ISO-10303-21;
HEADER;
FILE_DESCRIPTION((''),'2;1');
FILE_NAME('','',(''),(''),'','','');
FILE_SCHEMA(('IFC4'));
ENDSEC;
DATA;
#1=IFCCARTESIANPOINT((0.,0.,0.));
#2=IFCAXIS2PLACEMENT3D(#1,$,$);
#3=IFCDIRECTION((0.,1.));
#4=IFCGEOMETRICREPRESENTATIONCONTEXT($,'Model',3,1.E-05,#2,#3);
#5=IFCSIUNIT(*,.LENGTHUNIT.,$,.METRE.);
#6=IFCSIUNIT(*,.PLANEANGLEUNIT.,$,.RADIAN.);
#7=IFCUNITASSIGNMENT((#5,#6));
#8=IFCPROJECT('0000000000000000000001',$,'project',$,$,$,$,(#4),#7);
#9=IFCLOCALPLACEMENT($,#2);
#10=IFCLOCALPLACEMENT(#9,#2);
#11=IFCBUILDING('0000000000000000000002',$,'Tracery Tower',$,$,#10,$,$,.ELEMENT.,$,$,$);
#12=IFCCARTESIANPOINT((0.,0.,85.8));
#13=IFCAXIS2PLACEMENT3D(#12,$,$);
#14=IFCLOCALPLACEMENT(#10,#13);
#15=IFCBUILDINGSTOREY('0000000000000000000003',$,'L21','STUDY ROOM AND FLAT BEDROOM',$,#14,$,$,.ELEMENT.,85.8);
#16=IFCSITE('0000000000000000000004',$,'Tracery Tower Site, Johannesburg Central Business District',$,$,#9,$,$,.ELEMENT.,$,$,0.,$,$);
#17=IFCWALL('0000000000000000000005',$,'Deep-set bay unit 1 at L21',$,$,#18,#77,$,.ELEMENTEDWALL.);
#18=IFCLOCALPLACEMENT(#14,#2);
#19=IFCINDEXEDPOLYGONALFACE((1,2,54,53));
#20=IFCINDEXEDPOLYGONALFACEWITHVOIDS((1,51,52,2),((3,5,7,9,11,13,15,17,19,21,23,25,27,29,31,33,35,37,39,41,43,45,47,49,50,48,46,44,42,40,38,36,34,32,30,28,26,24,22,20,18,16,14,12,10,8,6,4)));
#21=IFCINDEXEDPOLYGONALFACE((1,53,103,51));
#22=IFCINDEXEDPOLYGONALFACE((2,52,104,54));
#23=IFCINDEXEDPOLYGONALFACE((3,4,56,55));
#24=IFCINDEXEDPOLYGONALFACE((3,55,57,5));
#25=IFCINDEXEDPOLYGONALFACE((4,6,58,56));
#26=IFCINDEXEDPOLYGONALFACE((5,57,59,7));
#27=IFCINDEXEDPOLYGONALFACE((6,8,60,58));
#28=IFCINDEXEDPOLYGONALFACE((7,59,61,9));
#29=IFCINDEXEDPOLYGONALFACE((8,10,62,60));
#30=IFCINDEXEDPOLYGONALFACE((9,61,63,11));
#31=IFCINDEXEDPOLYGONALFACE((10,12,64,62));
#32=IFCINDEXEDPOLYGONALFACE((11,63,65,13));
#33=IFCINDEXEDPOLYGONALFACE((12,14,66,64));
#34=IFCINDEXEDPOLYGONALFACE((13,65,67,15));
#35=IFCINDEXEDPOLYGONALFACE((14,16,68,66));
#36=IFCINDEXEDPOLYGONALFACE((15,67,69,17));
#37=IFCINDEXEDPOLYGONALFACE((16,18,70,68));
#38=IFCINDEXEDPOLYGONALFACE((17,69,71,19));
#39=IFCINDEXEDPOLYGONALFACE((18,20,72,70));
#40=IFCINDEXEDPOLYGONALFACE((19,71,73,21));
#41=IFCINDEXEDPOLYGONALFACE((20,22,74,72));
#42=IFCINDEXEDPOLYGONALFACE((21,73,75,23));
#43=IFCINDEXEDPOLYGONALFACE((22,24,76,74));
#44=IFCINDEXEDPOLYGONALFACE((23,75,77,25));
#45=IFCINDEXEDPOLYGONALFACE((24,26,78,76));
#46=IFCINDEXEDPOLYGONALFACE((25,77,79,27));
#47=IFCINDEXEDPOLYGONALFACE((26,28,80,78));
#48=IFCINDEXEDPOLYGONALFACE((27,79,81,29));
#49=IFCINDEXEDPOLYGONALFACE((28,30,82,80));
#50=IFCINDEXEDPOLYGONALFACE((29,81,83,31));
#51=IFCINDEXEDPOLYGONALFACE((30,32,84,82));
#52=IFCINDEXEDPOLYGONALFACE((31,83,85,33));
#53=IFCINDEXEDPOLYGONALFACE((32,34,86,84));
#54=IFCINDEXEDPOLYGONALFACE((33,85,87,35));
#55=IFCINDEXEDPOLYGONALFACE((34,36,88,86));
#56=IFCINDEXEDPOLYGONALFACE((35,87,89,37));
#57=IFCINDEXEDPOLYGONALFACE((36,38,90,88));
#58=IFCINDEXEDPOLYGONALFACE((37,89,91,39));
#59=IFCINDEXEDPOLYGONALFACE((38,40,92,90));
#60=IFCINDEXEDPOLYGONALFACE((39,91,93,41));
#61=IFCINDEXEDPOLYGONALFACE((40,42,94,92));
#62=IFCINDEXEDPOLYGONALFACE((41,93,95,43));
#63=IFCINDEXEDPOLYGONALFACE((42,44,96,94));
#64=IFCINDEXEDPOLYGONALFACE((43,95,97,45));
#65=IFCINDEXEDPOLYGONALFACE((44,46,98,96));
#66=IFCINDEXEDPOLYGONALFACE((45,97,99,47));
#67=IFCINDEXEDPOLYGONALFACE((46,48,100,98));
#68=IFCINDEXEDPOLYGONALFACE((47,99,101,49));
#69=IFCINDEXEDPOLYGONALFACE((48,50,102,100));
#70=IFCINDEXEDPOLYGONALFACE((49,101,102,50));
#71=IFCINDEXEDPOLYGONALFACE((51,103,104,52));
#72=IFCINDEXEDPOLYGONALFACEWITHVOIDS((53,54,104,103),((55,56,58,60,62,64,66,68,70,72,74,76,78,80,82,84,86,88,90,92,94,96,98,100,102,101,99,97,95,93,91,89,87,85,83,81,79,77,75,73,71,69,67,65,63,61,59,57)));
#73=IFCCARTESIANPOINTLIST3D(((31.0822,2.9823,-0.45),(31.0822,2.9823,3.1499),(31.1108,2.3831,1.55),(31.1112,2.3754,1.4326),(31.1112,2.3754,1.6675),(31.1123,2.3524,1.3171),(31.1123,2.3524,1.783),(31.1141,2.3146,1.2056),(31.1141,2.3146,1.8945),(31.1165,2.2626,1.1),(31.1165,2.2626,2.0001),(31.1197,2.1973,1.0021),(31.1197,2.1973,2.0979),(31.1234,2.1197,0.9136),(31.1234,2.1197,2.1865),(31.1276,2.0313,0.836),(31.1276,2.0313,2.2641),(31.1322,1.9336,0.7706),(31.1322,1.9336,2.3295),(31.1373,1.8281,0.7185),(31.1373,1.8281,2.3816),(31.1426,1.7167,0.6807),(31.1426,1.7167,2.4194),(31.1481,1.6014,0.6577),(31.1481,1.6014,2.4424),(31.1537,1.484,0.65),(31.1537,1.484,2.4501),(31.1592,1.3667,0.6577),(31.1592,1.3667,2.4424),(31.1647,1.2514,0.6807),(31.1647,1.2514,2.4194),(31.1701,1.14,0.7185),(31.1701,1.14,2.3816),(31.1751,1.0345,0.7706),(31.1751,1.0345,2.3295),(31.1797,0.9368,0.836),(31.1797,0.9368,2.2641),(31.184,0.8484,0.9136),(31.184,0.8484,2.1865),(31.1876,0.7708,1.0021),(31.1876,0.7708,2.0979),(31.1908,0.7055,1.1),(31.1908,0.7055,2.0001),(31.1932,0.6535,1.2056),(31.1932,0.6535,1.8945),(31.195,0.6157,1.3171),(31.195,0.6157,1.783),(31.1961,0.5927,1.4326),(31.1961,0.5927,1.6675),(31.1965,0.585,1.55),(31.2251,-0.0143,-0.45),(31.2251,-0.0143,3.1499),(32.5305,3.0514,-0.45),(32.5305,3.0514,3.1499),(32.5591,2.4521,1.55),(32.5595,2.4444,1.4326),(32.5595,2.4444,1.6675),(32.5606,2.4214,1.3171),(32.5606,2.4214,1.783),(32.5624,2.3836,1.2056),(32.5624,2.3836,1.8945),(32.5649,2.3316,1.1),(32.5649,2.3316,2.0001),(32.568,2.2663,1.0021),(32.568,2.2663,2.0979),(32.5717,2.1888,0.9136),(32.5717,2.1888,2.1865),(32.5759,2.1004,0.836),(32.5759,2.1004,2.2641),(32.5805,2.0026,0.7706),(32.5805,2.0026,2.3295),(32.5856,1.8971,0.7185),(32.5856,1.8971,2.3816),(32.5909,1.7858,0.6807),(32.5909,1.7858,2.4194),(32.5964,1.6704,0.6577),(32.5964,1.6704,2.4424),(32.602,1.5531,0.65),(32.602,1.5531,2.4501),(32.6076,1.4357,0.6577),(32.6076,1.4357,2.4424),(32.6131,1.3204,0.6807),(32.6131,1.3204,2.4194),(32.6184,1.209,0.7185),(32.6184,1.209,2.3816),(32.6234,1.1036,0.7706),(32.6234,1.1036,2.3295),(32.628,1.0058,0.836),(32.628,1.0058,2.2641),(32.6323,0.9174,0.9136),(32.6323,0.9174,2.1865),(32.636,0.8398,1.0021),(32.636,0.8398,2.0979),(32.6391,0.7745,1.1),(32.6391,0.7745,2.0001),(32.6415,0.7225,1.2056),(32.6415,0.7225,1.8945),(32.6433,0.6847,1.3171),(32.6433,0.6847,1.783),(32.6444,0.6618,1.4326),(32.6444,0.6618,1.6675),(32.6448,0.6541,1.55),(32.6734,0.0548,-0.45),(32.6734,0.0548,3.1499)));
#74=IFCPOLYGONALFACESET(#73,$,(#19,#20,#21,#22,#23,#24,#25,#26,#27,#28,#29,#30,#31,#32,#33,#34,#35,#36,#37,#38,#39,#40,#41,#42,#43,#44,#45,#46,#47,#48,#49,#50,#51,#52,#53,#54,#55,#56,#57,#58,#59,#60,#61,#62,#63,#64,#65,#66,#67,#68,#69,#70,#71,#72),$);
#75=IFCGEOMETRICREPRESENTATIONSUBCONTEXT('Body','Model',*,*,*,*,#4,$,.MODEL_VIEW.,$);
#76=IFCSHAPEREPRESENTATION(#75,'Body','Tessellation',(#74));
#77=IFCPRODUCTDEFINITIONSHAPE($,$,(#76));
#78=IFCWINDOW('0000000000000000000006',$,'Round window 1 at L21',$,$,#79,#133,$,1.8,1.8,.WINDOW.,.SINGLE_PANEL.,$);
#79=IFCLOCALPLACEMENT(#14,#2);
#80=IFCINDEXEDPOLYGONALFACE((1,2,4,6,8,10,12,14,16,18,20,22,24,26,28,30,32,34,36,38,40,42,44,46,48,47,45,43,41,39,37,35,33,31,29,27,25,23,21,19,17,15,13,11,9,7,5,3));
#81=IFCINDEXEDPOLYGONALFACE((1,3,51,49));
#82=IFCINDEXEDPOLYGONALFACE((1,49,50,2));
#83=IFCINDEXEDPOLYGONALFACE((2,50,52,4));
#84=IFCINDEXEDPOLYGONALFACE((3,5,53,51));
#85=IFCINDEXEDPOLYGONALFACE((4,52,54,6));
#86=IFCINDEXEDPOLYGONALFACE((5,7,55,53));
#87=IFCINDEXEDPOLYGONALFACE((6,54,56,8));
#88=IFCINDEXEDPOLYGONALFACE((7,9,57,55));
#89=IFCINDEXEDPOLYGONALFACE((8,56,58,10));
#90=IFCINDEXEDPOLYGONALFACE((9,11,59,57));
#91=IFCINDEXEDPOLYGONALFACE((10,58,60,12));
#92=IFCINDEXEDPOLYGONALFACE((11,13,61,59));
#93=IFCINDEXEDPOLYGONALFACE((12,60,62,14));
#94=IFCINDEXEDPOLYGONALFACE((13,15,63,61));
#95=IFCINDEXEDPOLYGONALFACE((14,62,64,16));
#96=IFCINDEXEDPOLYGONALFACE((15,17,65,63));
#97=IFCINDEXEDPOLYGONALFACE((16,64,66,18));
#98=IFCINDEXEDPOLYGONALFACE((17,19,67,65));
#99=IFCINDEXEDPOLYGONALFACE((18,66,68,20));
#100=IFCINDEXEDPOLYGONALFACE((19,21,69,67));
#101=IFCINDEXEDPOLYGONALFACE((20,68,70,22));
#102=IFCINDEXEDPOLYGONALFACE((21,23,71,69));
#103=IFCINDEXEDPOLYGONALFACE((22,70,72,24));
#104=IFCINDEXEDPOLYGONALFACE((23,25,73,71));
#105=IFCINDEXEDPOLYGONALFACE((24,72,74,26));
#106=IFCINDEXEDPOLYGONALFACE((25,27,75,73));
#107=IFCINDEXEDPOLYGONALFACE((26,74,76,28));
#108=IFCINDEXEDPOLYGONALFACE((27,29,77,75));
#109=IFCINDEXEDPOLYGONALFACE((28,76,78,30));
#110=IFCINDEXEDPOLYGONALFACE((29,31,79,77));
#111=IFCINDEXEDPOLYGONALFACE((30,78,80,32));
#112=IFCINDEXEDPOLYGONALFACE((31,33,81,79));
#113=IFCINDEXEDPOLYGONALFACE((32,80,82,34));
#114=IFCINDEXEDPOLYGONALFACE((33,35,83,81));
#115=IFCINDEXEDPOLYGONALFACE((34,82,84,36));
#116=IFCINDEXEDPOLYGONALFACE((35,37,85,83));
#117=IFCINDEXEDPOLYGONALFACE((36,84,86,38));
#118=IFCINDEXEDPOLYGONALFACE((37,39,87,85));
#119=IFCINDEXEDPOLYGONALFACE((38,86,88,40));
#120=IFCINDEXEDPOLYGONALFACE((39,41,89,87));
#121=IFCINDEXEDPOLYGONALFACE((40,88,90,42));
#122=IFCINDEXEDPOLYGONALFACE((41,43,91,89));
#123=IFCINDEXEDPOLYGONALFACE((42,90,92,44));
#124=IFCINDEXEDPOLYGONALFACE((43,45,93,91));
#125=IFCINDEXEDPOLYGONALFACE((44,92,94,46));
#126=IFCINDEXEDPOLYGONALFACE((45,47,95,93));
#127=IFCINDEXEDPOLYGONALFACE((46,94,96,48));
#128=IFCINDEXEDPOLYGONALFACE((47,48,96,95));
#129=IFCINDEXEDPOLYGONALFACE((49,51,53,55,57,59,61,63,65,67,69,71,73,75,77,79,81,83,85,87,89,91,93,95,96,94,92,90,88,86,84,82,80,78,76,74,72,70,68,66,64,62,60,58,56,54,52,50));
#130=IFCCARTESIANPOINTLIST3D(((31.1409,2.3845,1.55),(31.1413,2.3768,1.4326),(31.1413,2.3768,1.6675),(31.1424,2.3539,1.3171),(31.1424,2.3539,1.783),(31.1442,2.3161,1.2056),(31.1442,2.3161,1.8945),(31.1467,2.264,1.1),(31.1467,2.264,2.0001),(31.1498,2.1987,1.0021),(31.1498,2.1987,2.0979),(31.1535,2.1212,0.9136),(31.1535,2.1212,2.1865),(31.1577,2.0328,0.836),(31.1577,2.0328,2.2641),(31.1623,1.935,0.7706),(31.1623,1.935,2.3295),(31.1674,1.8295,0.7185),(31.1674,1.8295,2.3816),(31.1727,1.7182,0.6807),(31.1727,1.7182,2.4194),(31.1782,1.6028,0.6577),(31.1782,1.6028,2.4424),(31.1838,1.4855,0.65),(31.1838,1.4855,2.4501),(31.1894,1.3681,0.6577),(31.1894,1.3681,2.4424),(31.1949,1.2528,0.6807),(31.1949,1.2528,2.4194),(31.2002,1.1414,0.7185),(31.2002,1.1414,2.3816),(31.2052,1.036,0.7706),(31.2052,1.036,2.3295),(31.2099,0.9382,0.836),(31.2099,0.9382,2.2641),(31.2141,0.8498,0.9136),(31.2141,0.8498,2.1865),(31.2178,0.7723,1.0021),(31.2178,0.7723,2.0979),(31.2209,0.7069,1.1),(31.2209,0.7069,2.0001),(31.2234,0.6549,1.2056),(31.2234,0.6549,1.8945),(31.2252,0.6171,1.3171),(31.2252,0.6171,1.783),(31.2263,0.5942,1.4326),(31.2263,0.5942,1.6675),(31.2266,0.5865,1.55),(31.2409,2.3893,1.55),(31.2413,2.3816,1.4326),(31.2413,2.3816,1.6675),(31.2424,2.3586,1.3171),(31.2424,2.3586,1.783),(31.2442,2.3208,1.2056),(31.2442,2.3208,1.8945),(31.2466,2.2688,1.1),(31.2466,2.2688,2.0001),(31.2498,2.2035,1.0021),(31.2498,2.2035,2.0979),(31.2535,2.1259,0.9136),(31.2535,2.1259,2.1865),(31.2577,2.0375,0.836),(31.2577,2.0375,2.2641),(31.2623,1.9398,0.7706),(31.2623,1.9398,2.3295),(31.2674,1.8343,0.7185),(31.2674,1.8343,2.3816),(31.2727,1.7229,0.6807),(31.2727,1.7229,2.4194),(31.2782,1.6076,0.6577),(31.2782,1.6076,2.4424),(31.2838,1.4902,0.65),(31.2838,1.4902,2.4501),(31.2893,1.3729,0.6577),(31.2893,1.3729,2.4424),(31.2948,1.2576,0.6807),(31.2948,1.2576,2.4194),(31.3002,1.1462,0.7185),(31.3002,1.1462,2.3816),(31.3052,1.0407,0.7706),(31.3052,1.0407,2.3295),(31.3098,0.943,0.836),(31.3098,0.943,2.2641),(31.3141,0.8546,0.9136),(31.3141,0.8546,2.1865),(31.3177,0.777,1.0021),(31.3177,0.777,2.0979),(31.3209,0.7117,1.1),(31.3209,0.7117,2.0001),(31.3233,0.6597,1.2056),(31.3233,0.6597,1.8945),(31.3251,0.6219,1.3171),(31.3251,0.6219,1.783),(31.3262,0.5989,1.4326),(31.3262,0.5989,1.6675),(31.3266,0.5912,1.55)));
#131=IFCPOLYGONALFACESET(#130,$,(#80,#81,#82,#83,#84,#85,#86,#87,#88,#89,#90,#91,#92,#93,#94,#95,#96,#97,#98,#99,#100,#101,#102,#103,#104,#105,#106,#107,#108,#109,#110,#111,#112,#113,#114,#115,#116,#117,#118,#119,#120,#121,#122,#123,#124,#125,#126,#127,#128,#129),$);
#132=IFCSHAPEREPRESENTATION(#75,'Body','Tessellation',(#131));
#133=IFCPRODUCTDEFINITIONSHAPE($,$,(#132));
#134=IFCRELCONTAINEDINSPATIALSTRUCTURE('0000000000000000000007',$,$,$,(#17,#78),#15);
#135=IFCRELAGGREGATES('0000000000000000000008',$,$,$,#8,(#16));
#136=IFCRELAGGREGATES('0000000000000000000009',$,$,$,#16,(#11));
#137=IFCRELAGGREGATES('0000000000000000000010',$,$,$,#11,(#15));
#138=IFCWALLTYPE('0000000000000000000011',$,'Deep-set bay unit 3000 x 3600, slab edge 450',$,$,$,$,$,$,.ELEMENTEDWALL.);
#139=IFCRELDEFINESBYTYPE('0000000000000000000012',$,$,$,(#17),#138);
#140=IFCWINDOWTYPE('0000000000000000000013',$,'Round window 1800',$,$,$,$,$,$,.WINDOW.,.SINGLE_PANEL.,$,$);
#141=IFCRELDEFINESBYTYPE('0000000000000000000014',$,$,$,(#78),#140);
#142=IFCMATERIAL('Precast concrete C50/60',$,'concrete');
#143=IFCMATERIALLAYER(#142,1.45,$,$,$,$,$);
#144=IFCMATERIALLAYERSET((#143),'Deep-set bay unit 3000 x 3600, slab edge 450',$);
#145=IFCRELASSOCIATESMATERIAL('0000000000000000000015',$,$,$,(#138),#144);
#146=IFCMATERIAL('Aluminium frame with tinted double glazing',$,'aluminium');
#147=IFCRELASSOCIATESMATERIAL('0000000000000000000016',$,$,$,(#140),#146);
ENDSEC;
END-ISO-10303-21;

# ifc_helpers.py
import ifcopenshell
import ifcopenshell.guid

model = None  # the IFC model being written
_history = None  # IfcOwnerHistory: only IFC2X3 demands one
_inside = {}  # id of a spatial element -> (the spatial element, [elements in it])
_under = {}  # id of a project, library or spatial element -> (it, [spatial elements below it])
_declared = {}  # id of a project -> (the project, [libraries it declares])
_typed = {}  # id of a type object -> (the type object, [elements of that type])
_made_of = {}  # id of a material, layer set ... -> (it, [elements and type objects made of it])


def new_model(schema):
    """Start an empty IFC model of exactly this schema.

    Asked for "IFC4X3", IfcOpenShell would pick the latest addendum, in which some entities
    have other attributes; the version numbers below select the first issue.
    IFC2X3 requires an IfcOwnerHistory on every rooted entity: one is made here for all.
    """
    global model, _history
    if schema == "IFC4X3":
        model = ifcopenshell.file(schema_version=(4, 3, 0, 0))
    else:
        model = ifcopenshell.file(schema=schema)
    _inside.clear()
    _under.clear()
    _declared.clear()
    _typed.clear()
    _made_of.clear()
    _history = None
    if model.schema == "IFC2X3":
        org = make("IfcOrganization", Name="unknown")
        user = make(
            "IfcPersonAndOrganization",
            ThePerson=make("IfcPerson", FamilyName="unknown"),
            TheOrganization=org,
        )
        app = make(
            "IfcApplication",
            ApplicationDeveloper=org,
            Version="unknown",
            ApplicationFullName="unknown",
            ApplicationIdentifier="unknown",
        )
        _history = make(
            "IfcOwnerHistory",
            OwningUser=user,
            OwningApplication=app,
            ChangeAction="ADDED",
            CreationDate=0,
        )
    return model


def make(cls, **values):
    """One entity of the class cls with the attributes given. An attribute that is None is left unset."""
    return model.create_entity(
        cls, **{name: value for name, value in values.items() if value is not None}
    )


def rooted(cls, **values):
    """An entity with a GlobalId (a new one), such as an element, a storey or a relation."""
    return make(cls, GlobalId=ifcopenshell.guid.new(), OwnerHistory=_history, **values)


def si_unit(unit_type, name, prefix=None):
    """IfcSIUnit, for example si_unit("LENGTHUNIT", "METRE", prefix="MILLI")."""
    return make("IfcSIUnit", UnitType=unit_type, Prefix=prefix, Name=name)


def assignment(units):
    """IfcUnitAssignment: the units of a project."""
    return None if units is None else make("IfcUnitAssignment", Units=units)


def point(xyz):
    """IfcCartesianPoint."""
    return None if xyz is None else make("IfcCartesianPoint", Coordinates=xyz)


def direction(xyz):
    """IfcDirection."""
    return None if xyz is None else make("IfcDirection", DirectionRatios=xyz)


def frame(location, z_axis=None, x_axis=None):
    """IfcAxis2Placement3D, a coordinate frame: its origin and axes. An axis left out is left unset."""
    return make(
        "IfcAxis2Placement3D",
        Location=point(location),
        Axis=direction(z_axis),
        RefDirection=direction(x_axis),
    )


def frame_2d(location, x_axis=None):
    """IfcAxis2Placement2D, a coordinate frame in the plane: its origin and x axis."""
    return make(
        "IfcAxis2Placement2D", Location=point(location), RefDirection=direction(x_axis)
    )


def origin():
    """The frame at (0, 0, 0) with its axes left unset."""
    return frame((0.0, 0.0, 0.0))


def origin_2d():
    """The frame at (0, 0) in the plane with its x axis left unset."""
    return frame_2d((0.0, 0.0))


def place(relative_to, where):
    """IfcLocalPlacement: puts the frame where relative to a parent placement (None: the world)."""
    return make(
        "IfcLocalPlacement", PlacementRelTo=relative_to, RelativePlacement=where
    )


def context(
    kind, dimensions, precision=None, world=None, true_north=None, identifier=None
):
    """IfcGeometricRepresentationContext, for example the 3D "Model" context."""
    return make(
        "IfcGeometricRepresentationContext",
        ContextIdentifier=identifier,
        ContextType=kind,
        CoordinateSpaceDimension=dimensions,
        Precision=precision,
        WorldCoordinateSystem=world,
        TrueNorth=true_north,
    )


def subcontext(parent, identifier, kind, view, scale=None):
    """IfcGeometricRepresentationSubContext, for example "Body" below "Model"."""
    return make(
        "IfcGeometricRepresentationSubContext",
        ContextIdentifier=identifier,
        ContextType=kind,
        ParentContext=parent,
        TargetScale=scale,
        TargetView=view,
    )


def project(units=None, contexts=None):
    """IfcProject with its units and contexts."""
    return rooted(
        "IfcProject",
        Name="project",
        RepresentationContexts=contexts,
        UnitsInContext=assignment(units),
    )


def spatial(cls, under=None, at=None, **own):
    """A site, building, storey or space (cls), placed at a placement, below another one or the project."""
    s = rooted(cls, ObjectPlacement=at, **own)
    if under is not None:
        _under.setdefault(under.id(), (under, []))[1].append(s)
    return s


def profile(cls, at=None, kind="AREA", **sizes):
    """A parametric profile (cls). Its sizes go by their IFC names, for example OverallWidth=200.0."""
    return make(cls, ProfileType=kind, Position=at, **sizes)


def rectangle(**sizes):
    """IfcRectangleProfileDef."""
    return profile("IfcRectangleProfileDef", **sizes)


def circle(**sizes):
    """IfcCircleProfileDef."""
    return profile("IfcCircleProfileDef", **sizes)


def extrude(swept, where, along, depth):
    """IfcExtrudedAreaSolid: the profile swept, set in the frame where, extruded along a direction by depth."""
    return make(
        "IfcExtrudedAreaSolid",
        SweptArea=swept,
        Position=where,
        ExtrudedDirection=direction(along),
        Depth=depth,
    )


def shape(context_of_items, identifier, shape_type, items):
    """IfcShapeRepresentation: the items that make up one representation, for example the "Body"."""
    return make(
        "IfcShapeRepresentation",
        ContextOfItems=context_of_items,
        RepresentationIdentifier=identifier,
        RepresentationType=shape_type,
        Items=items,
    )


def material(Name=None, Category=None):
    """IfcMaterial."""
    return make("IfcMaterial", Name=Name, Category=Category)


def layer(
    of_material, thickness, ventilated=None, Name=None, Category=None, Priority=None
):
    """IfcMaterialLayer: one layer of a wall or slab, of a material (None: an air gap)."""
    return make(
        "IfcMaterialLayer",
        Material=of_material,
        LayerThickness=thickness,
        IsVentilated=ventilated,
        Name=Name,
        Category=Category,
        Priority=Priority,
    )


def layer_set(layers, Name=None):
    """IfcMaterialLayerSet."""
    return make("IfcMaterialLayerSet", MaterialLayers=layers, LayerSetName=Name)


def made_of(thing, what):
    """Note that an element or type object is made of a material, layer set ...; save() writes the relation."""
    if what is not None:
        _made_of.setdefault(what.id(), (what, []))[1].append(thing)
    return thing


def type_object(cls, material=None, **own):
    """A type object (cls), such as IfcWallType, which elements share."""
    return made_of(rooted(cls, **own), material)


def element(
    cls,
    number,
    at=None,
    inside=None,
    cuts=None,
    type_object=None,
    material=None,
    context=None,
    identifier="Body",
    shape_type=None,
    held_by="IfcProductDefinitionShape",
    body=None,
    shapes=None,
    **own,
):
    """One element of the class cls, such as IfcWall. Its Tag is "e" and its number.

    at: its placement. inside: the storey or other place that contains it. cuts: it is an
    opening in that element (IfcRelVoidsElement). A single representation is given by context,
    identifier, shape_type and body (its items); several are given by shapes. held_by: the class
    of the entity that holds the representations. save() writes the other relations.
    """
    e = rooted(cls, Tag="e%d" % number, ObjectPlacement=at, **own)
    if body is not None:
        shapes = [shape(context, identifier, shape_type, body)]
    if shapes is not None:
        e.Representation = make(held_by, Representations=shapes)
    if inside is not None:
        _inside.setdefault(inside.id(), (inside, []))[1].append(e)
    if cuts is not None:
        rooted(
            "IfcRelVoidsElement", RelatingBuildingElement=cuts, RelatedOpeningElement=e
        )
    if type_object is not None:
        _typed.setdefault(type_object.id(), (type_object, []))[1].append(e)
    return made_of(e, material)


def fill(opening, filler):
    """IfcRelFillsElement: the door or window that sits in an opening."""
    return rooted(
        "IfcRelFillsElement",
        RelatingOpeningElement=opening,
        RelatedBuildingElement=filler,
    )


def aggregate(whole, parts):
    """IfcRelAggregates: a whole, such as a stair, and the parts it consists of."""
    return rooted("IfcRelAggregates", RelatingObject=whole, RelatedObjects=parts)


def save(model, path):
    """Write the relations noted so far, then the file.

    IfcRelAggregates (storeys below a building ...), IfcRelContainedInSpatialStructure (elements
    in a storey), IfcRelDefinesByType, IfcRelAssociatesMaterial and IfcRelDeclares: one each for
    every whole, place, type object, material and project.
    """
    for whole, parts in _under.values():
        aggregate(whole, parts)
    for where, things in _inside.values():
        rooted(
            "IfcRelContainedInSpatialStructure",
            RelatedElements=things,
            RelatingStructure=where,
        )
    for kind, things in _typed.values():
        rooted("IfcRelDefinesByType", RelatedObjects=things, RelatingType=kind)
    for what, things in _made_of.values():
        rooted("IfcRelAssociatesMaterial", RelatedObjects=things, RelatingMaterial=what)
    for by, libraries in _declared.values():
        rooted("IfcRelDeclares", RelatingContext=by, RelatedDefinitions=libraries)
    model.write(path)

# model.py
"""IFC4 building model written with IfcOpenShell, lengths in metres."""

from ifc_helpers import new_model, si_unit, direction, frame, frame_2d, origin, origin_2d, place, context, subcontext, project, spatial, rectangle, circle, extrude, material, layer, layer_set, type_object, element, fill, save


model = new_model("IFC4")

# Units and contexts
model_context = context("Model", 3, precision=1e-05, world=origin(), true_north=direction((0.0, 1.0)))
body_context = subcontext(model_context, "Body", "Model", "MODEL_VIEW")
ifc_project = project(units=[si_unit("LENGTHUNIT", "METRE"), si_unit("PLANEANGLEUNIT", "RADIAN")], contexts=[model_context])

# Site, building, storey
site_placement = place(None, origin())
site = spatial("IfcSite", under=ifc_project, at=site_placement, Name="Tracery Tower Site, Johannesburg Central Business District", CompositionType="ELEMENT", RefElevation=0.0)
building_placement = place(site_placement, origin())
building = spatial("IfcBuilding", under=site, at=building_placement, Name="Tracery Tower", CompositionType="ELEMENT")
storey_placement = place(building_placement, frame((0.0, 0.0, 85.8)))
storey = spatial("IfcBuildingStorey", under=building, at=storey_placement, Name="L21", Description="STUDY ROOM AND FLAT BEDROOM", CompositionType="ELEMENT", Elevation=85.8)

# Wall, opening, window
ifc_material_1 = material(Name="Precast concrete C50/60", Category="concrete")
ifc_layer_1 = layer(ifc_material_1, 1.45)
ifc_layer_set_1 = layer_set([ifc_layer_1], Name="Deep-set bay unit 3000 x 3600, slab edge 450")
wall_type_1 = type_object("IfcWallType", Name="Deep-set bay unit 3000 x 3600, slab edge 450", PredefinedType="ELEMENTEDWALL", material=ifc_layer_set_1)
wall_1_placement = place(storey_placement, frame((31.9492, 0.0203, -0.45), z_axis=(0.0, 0.0, 1.0), x_axis=(-0.047608, 0.998866, 0.0)))
wall_1 = element("IfcWall", 1, at=wall_1_placement, inside=storey, type_object=wall_type_1, Name="Deep-set bay unit 1 at L21", PredefinedType="ELEMENTEDWALL", context=body_context, shape_type="SweptSolid", body=[
    extrude(rectangle(XDim=3.0, YDim=1.45, at=frame_2d((1.5, 0.0))), origin(), (0.0, 0.0, 1.0), 3.5999),
])
opening_1_placement = place(wall_1_placement, frame((1.5, 0.0, 2.0)))
opening_1 = element("IfcOpeningElement", 2, at=opening_1_placement, cuts=wall_1, PredefinedType="OPENING", context=body_context, shape_type="SweptSolid", body=[
    extrude(circle(Radius=0.9, at=origin_2d()), frame((0.0, 0.7349, 0.0), z_axis=(0.0, -1.0, 0.0), x_axis=(1.0, 0.0, 0.0)), (0.0, 0.0, 1.0), 1.47),
])
ifc_material_2 = material(Name="Aluminium frame with tinted double glazing", Category="aluminium")
window_type = type_object("IfcWindowType", Name="Round window 1800", PartitioningType="SINGLE_PANEL", PredefinedType="WINDOW", material=ifc_material_2)
window_1_placement = place(opening_1_placement, origin())
window_1 = element("IfcWindow", 3, at=window_1_placement, inside=storey, type_object=window_type, Name="Round window 1 at L21", OverallHeight=1.8, OverallWidth=1.8, PartitioningType="SINGLE_PANEL", PredefinedType="WINDOW", context=body_context, shape_type="SweptSolid", body=[
    extrude(circle(Radius=0.9, at=origin_2d()), frame((0.0, 0.6948, 0.0), z_axis=(0.0, -1.0, 0.0), x_axis=(1.0, 0.0, 0.0)), (0.0, 0.0, 1.0), 0.1001),
])
fill(opening_1, window_1)

save(model, "model.ifc")
